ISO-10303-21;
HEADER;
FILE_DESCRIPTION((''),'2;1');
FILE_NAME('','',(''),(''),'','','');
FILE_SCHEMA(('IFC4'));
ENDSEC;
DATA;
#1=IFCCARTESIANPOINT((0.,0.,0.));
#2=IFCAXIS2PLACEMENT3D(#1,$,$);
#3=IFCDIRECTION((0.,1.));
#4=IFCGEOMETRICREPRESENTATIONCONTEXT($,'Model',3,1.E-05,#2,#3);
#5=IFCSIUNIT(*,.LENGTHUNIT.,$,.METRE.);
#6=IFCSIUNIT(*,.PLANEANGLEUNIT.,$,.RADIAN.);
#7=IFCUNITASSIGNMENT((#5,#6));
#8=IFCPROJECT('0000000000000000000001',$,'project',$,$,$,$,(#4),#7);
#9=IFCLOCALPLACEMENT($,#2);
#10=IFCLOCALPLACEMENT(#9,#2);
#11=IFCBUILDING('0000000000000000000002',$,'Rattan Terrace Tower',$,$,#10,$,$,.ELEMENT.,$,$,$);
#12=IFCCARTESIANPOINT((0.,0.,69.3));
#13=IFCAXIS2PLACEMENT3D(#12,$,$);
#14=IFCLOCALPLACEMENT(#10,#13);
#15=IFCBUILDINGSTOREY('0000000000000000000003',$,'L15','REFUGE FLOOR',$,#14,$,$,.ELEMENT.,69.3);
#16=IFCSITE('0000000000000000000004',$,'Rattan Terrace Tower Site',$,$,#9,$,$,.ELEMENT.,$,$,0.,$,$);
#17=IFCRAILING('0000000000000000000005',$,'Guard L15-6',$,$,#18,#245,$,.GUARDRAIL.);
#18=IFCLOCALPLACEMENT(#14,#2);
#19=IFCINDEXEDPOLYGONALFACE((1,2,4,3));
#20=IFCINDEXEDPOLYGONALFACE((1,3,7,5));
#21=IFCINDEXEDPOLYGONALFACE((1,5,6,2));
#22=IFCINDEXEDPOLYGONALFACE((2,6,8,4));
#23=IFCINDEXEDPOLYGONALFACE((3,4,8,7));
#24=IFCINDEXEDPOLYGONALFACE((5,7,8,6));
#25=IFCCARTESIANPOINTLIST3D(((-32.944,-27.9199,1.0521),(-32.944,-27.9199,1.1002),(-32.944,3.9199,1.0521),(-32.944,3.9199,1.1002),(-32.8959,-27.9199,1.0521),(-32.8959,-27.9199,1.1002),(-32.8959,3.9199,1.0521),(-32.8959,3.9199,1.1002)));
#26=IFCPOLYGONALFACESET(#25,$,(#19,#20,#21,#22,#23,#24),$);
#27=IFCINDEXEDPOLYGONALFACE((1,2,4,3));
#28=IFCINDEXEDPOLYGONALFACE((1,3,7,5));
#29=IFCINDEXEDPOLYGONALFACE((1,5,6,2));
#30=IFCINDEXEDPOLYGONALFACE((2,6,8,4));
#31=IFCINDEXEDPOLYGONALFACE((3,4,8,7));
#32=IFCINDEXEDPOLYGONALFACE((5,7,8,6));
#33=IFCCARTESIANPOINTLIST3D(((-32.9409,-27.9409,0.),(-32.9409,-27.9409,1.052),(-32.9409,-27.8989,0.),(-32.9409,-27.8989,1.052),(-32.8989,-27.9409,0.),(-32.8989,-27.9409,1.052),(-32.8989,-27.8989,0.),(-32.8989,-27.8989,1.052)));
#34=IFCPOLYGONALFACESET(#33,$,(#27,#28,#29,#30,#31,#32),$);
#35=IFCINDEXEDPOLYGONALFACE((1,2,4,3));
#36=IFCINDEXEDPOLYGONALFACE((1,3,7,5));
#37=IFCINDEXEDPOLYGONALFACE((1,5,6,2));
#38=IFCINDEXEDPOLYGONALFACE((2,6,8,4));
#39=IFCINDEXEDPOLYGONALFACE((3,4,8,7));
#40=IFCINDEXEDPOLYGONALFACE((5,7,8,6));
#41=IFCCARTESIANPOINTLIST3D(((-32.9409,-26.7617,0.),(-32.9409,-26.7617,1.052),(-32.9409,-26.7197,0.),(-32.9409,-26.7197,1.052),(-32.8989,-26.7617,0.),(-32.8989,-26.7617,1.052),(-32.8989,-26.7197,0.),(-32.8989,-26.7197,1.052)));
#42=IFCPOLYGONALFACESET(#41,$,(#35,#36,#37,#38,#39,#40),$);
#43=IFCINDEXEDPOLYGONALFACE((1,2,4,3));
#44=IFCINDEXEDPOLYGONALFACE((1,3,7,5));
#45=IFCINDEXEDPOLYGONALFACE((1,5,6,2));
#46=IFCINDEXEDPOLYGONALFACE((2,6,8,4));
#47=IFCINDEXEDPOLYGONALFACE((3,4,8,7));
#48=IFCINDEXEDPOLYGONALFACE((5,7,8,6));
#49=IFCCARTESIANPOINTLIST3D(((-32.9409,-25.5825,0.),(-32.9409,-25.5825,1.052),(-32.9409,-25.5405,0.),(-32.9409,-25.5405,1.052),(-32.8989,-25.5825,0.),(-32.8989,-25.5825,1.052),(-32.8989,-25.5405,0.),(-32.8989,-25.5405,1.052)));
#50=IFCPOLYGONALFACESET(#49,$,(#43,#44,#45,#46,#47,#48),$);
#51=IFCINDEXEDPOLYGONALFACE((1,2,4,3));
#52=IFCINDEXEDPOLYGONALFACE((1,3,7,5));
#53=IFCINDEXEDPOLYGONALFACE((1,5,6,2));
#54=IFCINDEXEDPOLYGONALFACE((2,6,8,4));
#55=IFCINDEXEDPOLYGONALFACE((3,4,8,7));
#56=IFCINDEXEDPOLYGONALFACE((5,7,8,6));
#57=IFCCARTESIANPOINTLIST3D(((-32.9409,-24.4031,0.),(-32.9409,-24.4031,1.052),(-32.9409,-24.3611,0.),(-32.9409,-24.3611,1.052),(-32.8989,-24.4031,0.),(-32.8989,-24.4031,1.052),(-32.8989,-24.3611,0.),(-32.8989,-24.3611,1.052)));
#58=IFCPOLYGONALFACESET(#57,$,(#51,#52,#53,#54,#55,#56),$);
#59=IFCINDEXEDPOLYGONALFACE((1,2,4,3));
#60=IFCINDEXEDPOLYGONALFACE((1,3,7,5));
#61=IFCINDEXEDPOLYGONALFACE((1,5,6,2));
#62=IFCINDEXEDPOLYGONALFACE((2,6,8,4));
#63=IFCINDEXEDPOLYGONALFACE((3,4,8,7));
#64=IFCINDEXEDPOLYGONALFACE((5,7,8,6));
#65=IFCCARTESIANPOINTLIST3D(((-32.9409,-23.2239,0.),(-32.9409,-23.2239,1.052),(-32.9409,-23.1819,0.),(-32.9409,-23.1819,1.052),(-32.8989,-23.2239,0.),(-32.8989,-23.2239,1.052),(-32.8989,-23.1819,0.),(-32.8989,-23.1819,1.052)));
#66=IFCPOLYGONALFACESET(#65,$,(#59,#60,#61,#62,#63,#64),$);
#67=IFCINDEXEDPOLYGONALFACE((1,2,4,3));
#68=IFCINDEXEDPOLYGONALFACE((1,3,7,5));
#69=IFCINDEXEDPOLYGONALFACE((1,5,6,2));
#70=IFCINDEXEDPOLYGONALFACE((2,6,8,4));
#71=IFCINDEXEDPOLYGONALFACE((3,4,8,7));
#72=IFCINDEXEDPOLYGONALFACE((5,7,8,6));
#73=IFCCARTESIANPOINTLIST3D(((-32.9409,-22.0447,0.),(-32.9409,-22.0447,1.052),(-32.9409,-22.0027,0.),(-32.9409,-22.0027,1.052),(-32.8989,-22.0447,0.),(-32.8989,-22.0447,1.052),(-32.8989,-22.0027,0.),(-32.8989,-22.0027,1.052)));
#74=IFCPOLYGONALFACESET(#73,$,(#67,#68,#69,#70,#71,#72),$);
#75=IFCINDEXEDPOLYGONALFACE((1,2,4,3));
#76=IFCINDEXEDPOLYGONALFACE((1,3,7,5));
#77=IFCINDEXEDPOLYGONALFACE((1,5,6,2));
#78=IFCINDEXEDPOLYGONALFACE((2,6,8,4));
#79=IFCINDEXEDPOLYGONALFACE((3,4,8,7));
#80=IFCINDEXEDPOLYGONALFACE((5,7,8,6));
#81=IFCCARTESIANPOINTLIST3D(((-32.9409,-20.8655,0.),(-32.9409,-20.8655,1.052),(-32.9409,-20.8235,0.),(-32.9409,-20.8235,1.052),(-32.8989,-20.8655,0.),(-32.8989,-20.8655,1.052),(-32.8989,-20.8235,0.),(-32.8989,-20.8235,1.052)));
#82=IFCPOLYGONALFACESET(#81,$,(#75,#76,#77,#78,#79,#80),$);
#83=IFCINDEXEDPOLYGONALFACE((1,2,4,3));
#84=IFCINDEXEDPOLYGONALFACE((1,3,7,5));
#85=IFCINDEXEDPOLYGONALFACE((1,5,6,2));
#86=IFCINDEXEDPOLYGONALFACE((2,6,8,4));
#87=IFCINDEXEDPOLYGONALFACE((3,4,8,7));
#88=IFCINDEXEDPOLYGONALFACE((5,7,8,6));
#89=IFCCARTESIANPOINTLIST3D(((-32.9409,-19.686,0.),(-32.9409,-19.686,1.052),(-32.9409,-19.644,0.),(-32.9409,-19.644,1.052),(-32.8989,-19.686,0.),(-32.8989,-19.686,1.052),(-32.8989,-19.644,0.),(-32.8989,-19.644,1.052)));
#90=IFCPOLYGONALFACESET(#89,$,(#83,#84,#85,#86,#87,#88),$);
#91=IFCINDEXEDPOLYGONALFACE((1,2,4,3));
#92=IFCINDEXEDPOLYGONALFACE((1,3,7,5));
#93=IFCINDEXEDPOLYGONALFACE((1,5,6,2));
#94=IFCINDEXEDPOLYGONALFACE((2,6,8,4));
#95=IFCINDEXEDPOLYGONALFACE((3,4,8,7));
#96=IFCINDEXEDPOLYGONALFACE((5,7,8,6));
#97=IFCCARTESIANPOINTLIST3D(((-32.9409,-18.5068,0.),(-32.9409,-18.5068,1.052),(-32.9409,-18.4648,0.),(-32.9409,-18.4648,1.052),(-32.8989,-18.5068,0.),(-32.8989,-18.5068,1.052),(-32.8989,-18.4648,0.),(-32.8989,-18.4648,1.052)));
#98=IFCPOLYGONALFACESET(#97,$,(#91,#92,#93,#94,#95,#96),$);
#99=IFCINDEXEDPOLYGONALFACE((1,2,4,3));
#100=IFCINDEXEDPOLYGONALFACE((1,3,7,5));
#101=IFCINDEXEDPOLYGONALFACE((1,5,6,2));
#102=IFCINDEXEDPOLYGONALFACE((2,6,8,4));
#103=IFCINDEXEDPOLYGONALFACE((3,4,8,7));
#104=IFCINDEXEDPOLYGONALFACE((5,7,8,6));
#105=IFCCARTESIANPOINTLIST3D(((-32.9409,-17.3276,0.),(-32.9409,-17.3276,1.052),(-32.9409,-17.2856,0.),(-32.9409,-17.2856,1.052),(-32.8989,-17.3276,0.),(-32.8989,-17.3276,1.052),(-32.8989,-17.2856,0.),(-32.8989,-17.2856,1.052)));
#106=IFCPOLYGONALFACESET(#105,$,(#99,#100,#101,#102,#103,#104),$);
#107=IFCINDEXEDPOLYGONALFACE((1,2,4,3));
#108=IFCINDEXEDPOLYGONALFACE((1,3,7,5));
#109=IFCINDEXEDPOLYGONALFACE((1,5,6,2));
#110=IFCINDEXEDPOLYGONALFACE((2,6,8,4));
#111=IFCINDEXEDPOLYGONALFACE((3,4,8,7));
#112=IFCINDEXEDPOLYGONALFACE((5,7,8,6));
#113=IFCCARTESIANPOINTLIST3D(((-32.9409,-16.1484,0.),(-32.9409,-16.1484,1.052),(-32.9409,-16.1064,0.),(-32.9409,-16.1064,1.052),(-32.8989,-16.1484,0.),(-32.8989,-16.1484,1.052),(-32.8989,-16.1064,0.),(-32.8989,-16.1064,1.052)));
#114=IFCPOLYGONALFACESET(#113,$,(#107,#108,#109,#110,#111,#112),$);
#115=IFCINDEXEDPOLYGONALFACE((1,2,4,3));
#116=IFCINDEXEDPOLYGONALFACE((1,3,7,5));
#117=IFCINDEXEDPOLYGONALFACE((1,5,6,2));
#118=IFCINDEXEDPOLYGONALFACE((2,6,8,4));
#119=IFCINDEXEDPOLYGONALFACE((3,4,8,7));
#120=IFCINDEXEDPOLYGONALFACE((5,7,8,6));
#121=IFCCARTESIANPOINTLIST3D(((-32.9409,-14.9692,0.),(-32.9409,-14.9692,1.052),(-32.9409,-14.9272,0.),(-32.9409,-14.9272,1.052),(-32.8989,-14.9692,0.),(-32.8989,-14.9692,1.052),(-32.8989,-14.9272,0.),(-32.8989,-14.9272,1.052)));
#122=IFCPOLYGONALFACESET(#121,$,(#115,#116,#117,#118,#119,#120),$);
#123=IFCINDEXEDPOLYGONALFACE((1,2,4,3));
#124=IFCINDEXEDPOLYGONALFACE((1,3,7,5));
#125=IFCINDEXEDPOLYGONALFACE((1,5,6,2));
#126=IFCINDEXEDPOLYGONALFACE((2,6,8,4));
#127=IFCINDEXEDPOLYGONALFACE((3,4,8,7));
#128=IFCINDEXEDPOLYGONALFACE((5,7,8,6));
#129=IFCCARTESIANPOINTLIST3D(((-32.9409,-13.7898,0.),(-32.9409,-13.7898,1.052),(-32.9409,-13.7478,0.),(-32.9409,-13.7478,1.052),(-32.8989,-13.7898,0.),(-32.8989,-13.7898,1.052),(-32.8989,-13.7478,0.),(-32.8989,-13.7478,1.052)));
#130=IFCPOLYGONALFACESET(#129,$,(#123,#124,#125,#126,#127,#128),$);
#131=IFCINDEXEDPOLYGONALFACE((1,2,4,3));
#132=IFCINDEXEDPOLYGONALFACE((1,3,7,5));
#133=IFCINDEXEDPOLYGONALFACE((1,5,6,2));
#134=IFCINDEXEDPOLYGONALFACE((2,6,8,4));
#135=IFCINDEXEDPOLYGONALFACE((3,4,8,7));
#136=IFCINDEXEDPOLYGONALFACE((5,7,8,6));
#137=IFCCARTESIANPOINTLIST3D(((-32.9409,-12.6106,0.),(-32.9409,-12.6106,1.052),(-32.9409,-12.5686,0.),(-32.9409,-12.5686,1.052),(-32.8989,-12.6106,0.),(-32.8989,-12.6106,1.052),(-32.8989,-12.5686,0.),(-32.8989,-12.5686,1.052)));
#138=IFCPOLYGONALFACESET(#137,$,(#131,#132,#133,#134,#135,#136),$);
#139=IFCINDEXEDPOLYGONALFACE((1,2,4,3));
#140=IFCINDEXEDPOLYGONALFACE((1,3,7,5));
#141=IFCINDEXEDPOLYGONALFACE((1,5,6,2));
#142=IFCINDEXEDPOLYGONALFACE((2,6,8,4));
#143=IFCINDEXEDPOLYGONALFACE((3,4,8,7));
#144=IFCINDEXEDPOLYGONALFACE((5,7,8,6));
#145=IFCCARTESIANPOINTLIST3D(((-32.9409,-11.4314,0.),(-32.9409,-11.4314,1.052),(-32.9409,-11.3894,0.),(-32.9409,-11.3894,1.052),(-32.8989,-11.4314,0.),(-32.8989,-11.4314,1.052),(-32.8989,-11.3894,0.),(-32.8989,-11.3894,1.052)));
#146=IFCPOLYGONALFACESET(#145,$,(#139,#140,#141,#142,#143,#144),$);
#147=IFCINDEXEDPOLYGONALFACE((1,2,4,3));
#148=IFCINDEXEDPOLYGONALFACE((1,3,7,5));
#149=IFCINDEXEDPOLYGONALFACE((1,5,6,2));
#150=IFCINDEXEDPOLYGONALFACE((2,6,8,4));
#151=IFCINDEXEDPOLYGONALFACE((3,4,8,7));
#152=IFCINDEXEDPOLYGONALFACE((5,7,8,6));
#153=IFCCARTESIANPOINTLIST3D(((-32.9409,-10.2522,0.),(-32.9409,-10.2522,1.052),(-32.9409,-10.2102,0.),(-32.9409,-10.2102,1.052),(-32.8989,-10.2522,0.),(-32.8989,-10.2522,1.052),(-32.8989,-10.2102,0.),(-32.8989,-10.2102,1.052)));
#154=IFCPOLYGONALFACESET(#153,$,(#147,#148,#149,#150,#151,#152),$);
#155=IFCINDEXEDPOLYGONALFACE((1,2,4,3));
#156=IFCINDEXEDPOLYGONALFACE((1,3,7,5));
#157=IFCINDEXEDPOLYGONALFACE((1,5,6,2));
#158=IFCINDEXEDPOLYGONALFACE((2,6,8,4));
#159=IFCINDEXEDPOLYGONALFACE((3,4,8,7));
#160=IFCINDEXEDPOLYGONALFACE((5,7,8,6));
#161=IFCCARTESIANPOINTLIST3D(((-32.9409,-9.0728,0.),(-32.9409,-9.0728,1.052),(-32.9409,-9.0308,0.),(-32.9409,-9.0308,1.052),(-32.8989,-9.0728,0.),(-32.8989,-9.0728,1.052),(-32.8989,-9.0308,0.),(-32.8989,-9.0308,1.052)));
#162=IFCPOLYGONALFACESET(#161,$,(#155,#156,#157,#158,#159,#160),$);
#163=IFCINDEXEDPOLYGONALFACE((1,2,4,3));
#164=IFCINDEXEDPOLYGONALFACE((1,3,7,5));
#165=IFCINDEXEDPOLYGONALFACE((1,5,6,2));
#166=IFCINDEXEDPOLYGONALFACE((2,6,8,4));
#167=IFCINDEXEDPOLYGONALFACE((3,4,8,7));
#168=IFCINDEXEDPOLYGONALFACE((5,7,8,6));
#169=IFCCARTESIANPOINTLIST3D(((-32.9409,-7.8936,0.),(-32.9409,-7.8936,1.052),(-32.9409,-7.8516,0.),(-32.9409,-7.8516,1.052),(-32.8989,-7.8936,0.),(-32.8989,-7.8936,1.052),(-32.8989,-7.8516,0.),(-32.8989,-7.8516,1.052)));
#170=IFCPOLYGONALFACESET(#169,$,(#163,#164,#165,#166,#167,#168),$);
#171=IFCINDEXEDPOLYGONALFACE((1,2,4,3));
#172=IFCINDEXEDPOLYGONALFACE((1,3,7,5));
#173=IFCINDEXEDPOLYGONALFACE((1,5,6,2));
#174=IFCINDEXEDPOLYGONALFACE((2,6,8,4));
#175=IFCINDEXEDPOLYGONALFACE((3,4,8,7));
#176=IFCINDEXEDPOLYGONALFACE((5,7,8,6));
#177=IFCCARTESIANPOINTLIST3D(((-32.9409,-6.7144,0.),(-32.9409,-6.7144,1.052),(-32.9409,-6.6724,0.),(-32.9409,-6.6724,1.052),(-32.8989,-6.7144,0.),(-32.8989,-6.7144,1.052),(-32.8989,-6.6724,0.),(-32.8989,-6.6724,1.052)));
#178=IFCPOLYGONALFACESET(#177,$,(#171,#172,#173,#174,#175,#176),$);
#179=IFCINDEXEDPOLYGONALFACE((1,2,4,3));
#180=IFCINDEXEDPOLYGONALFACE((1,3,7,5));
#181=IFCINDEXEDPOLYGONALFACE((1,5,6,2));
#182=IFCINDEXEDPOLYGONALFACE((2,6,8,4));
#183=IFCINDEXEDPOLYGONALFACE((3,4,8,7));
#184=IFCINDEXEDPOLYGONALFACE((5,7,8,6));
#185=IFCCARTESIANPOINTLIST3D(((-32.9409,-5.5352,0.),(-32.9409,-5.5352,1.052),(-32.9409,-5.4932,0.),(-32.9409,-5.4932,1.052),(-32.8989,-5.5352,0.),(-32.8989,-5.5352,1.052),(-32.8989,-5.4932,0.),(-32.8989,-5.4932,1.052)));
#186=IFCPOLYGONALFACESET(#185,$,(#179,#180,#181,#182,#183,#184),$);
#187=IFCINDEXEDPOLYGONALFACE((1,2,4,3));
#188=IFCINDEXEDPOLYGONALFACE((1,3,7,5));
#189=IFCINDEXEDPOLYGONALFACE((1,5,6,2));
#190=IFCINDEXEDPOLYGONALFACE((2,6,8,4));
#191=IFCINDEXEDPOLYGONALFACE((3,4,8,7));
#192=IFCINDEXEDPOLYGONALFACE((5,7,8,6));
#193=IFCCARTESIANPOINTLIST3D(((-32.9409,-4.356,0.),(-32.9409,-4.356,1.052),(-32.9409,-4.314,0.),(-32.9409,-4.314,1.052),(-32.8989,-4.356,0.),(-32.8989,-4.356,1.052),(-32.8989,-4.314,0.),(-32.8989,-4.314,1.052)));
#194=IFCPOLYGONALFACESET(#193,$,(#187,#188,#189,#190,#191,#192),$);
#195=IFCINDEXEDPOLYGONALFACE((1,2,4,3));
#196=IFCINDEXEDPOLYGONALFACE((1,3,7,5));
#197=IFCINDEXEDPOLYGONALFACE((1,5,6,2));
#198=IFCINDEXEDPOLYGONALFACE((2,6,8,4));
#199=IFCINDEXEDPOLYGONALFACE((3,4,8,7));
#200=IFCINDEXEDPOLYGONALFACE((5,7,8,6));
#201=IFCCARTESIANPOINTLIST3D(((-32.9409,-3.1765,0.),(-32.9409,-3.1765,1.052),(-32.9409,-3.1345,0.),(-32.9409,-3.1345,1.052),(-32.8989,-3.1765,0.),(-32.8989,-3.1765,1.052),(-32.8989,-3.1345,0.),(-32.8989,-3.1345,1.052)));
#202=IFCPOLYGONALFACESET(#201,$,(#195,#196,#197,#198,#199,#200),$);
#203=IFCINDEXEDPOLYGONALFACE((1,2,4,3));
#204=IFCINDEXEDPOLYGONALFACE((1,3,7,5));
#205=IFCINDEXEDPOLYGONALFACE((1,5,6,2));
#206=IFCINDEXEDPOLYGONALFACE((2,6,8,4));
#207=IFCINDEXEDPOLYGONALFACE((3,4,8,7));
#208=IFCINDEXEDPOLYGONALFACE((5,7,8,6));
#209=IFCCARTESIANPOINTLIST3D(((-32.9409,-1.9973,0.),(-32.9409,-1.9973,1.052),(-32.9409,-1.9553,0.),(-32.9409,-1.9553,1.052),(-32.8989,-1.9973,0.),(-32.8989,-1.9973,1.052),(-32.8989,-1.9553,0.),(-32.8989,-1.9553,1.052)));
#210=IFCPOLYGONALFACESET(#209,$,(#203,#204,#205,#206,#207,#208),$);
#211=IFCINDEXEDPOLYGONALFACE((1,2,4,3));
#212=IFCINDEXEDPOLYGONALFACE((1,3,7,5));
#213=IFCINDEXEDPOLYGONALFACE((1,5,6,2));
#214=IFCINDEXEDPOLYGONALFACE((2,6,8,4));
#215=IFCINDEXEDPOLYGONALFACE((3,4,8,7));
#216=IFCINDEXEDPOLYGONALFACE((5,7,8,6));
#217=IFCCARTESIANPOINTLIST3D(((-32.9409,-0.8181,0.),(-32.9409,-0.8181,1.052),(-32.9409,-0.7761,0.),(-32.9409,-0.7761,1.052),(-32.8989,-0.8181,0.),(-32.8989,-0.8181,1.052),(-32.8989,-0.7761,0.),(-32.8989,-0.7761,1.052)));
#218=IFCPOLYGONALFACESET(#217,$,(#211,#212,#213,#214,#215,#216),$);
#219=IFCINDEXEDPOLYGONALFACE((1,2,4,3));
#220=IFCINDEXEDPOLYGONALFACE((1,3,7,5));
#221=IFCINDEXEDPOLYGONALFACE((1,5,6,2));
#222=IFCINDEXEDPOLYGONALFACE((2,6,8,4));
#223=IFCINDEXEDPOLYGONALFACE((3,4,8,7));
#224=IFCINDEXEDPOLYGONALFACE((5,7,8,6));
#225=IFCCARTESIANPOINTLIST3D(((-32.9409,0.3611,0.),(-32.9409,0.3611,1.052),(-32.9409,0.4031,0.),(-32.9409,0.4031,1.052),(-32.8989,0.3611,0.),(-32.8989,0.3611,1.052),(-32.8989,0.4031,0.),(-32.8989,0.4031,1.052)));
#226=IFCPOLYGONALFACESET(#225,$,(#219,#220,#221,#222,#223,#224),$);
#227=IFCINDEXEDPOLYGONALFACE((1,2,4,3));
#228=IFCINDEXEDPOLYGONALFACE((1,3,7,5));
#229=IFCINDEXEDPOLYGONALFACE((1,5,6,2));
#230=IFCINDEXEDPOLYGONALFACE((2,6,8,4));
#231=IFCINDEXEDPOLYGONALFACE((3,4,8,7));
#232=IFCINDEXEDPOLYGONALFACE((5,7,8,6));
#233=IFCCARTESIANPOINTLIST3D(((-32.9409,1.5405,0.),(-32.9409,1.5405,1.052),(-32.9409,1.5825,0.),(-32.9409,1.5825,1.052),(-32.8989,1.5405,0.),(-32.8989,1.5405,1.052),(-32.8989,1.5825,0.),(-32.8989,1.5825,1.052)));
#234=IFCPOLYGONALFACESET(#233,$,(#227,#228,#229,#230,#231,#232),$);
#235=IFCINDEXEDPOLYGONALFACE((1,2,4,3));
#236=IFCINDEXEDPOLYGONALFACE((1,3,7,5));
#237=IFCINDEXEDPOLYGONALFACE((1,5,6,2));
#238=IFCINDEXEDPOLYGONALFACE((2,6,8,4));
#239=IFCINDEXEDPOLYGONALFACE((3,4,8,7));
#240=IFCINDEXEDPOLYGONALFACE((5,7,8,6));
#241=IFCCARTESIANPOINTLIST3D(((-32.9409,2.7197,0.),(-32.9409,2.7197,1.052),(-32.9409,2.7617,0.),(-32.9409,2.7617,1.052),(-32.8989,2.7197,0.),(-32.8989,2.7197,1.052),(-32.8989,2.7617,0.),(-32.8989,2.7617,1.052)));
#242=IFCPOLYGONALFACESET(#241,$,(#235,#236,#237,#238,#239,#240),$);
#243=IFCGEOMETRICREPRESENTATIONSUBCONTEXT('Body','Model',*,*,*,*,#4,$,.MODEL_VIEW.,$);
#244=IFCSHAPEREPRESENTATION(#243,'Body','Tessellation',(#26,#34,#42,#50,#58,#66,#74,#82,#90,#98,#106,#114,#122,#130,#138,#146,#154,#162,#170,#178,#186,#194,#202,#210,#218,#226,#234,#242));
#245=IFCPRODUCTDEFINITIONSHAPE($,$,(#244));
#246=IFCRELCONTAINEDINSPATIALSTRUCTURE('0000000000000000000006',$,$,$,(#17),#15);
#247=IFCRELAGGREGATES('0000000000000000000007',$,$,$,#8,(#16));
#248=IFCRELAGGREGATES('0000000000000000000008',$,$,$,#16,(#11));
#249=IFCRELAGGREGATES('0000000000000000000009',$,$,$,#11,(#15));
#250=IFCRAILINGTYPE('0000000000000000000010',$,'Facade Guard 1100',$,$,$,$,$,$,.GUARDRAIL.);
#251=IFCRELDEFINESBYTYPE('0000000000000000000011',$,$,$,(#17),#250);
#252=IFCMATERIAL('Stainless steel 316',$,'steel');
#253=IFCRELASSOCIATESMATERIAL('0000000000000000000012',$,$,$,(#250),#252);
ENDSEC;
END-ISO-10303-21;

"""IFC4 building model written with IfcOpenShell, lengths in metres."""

from ifc_helpers import new_model, si_unit, direction, frame, origin, origin_2d, place, context, subcontext, project, spatial, rectangle, extrude, material, type_object, element, save


model = new_model("IFC4")

# Units and contexts
model_context = context("Model", 3, precision=1e-05, world=origin(), true_north=direction((0.0, 1.0)))
body_context = subcontext(model_context, "Body", "Model", "MODEL_VIEW")
ifc_project = project(units=[si_unit("LENGTHUNIT", "METRE"), si_unit("PLANEANGLEUNIT", "RADIAN")], contexts=[model_context])

# Site, building, storey
site_placement = place(None, origin())
site = spatial("IfcSite", under=ifc_project, at=site_placement, Name="Rattan Terrace Tower Site", CompositionType="ELEMENT", RefElevation=0.0)
building_placement = place(site_placement, origin())
building = spatial("IfcBuilding", under=site, at=building_placement, Name="Rattan Terrace Tower", CompositionType="ELEMENT")
storey_placement = place(building_placement, frame((0.0, 0.0, 69.3)))
storey = spatial("IfcBuildingStorey", under=building, at=storey_placement, Name="L15", Description="REFUGE FLOOR", CompositionType="ELEMENT", Elevation=69.3)

# Railing
ifc_material_1 = material(Name="Stainless steel 316", Category="steel")
railing_type = type_object("IfcRailingType", Name="Facade Guard 1100", PredefinedType="GUARDRAIL", material=ifc_material_1)
railing_1_placement = place(storey_placement, frame((-32.9199, -27.9199, 0.0)))
element("IfcRailing", 1, at=railing_1_placement, inside=storey, type_object=railing_type, Name="Guard L15-6", PredefinedType="GUARDRAIL", context=body_context, shape_type="SweptSolid", body=[
    extrude(rectangle(XDim=0.0481, YDim=0.0481, at=origin_2d()), frame((0.0, 0.0, 1.0762), z_axis=(0.0, 1.0, 0.0), x_axis=(-1.0, 0.0, 0.0)), (0.0, 0.0, 1.0), 31.8398),
    extrude(rectangle(XDim=0.042, YDim=0.042, at=origin_2d()), origin(), (0.0, 0.0, 1.0), 1.052),
    extrude(rectangle(XDim=0.042, YDim=0.042, at=origin_2d()), frame((0.0, 1.1792, 0.0)), (0.0, 0.0, 1.0), 1.052),
    extrude(rectangle(XDim=0.042, YDim=0.042, at=origin_2d()), frame((0.0, 2.3584, 0.0)), (0.0, 0.0, 1.0), 1.052),
    extrude(rectangle(XDim=0.042, YDim=0.042, at=origin_2d()), frame((0.0, 3.5378, 0.0)), (0.0, 0.0, 1.0), 1.052),
    extrude(rectangle(XDim=0.042, YDim=0.042, at=origin_2d()), frame((0.0, 4.717, 0.0)), (0.0, 0.0, 1.0), 1.052),
    extrude(rectangle(XDim=0.042, YDim=0.042, at=origin_2d()), frame((0.0, 5.8962, 0.0)), (0.0, 0.0, 1.0), 1.052),
    extrude(rectangle(XDim=0.042, YDim=0.042, at=origin_2d()), frame((0.0, 7.0754, 0.0)), (0.0, 0.0, 1.0), 1.052),
    extrude(rectangle(XDim=0.042, YDim=0.042, at=origin_2d()), frame((0.0, 8.2549, 0.0)), (0.0, 0.0, 1.0), 1.052),
    extrude(rectangle(XDim=0.042, YDim=0.042, at=origin_2d()), frame((0.0, 9.4341, 0.0)), (0.0, 0.0, 1.0), 1.052),
    extrude(rectangle(XDim=0.042, YDim=0.042, at=origin_2d()), frame((0.0, 10.6133, 0.0)), (0.0, 0.0, 1.0), 1.052),
    extrude(rectangle(XDim=0.042, YDim=0.042, at=origin_2d()), frame((0.0, 11.7925, 0.0)), (0.0, 0.0, 1.0), 1.052),
    extrude(rectangle(XDim=0.042, YDim=0.042, at=origin_2d()), frame((0.0, 12.9717, 0.0)), (0.0, 0.0, 1.0), 1.052),
    extrude(rectangle(XDim=0.042, YDim=0.042, at=origin_2d()), frame((0.0, 14.1511, 0.0)), (0.0, 0.0, 1.0), 1.052),
    extrude(rectangle(XDim=0.042, YDim=0.042, at=origin_2d()), frame((0.0, 15.3303, 0.0)), (0.0, 0.0, 1.0), 1.052),
    extrude(rectangle(XDim=0.042, YDim=0.042, at=origin_2d()), frame((0.0, 16.5095, 0.0)), (0.0, 0.0, 1.0), 1.052),
    extrude(rectangle(XDim=0.042, YDim=0.042, at=origin_2d()), frame((0.0, 17.6887, 0.0)), (0.0, 0.0, 1.0), 1.052),
    extrude(rectangle(XDim=0.042, YDim=0.042, at=origin_2d()), frame((0.0, 18.8682, 0.0)), (0.0, 0.0, 1.0), 1.052),
    extrude(rectangle(XDim=0.042, YDim=0.042, at=origin_2d()), frame((0.0, 20.0474, 0.0)), (0.0, 0.0, 1.0), 1.052),
    extrude(rectangle(XDim=0.042, YDim=0.042, at=origin_2d()), frame((0.0, 21.2266, 0.0)), (0.0, 0.0, 1.0), 1.052),
    extrude(rectangle(XDim=0.042, YDim=0.042, at=origin_2d()), frame((0.0, 22.4058, 0.0)), (0.0, 0.0, 1.0), 1.052),
    extrude(rectangle(XDim=0.042, YDim=0.042, at=origin_2d()), frame((0.0, 23.585, 0.0)), (0.0, 0.0, 1.0), 1.052),
    extrude(rectangle(XDim=0.042, YDim=0.042, at=origin_2d()), frame((0.0, 24.7644, 0.0)), (0.0, 0.0, 1.0), 1.052),
    extrude(rectangle(XDim=0.042, YDim=0.042, at=origin_2d()), frame((0.0, 25.9436, 0.0)), (0.0, 0.0, 1.0), 1.052),
    extrude(rectangle(XDim=0.042, YDim=0.042, at=origin_2d()), frame((0.0, 27.1228, 0.0)), (0.0, 0.0, 1.0), 1.052),
    extrude(rectangle(XDim=0.042, YDim=0.042, at=origin_2d()), frame((0.0, 28.302, 0.0)), (0.0, 0.0, 1.0), 1.052),
    extrude(rectangle(XDim=0.042, YDim=0.042, at=origin_2d()), frame((0.0, 29.4814, 0.0)), (0.0, 0.0, 1.0), 1.052),
    extrude(rectangle(XDim=0.042, YDim=0.042, at=origin_2d()), frame((0.0, 30.6606, 0.0)), (0.0, 0.0, 1.0), 1.052),
])

save(model, "model.ifc")
